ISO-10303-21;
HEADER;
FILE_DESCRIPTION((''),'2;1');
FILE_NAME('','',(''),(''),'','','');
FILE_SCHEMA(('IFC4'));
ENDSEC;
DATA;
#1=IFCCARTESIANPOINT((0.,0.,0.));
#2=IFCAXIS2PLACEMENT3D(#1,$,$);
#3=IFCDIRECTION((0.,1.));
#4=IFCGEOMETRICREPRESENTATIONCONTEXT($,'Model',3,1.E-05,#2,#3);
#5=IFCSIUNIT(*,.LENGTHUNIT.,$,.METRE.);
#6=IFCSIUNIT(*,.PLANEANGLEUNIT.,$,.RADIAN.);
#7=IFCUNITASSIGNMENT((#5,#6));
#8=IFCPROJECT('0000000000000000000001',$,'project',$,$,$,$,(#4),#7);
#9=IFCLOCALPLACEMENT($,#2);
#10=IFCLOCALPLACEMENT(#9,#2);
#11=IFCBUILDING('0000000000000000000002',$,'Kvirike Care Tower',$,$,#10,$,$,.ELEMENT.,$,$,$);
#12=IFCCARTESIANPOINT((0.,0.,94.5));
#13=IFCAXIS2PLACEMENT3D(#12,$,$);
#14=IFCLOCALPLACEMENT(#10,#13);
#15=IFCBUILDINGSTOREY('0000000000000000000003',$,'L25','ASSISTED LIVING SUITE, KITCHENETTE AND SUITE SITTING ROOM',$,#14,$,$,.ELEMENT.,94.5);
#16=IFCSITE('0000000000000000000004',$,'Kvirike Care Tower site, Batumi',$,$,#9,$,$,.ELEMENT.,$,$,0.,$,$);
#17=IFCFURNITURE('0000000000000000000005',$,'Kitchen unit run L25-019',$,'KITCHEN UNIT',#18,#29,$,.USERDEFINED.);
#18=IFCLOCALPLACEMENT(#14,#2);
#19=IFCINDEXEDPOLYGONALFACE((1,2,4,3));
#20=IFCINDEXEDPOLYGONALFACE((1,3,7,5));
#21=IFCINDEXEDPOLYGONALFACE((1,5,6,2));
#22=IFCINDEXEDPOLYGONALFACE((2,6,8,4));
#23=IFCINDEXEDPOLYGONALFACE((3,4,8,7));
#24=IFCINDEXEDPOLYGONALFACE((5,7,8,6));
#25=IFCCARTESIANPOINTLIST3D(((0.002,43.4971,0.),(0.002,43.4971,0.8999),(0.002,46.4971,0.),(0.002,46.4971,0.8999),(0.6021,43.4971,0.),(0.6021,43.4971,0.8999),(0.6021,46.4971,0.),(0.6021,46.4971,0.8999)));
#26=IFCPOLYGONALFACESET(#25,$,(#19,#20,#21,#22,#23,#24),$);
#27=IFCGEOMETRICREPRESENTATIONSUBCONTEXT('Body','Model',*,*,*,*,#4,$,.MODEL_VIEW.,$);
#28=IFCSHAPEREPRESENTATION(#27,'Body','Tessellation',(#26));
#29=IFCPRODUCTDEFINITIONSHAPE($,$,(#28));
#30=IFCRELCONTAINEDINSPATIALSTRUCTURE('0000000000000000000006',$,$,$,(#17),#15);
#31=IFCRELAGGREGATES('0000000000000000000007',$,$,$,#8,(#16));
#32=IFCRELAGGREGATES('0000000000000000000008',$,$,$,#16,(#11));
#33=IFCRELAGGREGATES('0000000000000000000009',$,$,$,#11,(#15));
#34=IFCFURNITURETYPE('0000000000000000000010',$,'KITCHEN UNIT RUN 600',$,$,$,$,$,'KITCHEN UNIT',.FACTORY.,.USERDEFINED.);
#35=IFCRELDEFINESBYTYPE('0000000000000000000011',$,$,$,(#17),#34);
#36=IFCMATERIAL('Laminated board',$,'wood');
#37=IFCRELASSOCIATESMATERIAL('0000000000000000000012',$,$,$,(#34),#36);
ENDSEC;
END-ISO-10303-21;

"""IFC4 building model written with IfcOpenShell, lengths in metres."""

from ifc_helpers import new_model, si_unit, direction, frame, origin, origin_2d, place, context, subcontext, project, spatial, rectangle, extrude, material, type_object, element, save


model = new_model("IFC4")

# Units and contexts
model_context = context("Model", 3, precision=1e-05, world=origin(), true_north=direction((0.0, 1.0)))
body_context = subcontext(model_context, "Body", "Model", "MODEL_VIEW")
ifc_project = project(units=[si_unit("LENGTHUNIT", "METRE"), si_unit("PLANEANGLEUNIT", "RADIAN")], contexts=[model_context])

# Site, building, storey
site_placement = place(None, origin())
site = spatial("IfcSite", under=ifc_project, at=site_placement, Name="Kvirike Care Tower site, Batumi", CompositionType="ELEMENT", RefElevation=0.0)
building_placement = place(site_placement, origin())
building = spatial("IfcBuilding", under=site, at=building_placement, Name="Kvirike Care Tower", CompositionType="ELEMENT")
storey_placement = place(building_placement, frame((0.0, 0.0, 94.5)))
storey = spatial("IfcBuildingStorey", under=building, at=storey_placement, Name="L25", Description="ASSISTED LIVING SUITE, KITCHENETTE AND SUITE SITTING ROOM", CompositionType="ELEMENT", Elevation=94.5)

# Furniture
ifc_material_1 = material(Name="Laminated board", Category="wood")
furniture_type_1 = type_object("IfcFurnitureType", Name="KITCHEN UNIT RUN 600", ElementType="KITCHEN UNIT", AssemblyPlace="FACTORY", PredefinedType="USERDEFINED", material=ifc_material_1)
furniture_1_placement = place(storey_placement, frame((0.302, 44.9971, 0.0), z_axis=(0.0, 0.0, 1.0), x_axis=(0.0, 1.0, 0.0)))
element("IfcFurniture", 1, at=furniture_1_placement, inside=storey, type_object=furniture_type_1, Name="Kitchen unit run L25-019", ObjectType="KITCHEN UNIT", PredefinedType="USERDEFINED", context=body_context, shape_type="SweptSolid", body=[
    extrude(rectangle(XDim=3.0, YDim=0.6001, at=origin_2d()), origin(), (0.0, 0.0, 1.0), 0.8999),
])

save(model, "model.ifc")
